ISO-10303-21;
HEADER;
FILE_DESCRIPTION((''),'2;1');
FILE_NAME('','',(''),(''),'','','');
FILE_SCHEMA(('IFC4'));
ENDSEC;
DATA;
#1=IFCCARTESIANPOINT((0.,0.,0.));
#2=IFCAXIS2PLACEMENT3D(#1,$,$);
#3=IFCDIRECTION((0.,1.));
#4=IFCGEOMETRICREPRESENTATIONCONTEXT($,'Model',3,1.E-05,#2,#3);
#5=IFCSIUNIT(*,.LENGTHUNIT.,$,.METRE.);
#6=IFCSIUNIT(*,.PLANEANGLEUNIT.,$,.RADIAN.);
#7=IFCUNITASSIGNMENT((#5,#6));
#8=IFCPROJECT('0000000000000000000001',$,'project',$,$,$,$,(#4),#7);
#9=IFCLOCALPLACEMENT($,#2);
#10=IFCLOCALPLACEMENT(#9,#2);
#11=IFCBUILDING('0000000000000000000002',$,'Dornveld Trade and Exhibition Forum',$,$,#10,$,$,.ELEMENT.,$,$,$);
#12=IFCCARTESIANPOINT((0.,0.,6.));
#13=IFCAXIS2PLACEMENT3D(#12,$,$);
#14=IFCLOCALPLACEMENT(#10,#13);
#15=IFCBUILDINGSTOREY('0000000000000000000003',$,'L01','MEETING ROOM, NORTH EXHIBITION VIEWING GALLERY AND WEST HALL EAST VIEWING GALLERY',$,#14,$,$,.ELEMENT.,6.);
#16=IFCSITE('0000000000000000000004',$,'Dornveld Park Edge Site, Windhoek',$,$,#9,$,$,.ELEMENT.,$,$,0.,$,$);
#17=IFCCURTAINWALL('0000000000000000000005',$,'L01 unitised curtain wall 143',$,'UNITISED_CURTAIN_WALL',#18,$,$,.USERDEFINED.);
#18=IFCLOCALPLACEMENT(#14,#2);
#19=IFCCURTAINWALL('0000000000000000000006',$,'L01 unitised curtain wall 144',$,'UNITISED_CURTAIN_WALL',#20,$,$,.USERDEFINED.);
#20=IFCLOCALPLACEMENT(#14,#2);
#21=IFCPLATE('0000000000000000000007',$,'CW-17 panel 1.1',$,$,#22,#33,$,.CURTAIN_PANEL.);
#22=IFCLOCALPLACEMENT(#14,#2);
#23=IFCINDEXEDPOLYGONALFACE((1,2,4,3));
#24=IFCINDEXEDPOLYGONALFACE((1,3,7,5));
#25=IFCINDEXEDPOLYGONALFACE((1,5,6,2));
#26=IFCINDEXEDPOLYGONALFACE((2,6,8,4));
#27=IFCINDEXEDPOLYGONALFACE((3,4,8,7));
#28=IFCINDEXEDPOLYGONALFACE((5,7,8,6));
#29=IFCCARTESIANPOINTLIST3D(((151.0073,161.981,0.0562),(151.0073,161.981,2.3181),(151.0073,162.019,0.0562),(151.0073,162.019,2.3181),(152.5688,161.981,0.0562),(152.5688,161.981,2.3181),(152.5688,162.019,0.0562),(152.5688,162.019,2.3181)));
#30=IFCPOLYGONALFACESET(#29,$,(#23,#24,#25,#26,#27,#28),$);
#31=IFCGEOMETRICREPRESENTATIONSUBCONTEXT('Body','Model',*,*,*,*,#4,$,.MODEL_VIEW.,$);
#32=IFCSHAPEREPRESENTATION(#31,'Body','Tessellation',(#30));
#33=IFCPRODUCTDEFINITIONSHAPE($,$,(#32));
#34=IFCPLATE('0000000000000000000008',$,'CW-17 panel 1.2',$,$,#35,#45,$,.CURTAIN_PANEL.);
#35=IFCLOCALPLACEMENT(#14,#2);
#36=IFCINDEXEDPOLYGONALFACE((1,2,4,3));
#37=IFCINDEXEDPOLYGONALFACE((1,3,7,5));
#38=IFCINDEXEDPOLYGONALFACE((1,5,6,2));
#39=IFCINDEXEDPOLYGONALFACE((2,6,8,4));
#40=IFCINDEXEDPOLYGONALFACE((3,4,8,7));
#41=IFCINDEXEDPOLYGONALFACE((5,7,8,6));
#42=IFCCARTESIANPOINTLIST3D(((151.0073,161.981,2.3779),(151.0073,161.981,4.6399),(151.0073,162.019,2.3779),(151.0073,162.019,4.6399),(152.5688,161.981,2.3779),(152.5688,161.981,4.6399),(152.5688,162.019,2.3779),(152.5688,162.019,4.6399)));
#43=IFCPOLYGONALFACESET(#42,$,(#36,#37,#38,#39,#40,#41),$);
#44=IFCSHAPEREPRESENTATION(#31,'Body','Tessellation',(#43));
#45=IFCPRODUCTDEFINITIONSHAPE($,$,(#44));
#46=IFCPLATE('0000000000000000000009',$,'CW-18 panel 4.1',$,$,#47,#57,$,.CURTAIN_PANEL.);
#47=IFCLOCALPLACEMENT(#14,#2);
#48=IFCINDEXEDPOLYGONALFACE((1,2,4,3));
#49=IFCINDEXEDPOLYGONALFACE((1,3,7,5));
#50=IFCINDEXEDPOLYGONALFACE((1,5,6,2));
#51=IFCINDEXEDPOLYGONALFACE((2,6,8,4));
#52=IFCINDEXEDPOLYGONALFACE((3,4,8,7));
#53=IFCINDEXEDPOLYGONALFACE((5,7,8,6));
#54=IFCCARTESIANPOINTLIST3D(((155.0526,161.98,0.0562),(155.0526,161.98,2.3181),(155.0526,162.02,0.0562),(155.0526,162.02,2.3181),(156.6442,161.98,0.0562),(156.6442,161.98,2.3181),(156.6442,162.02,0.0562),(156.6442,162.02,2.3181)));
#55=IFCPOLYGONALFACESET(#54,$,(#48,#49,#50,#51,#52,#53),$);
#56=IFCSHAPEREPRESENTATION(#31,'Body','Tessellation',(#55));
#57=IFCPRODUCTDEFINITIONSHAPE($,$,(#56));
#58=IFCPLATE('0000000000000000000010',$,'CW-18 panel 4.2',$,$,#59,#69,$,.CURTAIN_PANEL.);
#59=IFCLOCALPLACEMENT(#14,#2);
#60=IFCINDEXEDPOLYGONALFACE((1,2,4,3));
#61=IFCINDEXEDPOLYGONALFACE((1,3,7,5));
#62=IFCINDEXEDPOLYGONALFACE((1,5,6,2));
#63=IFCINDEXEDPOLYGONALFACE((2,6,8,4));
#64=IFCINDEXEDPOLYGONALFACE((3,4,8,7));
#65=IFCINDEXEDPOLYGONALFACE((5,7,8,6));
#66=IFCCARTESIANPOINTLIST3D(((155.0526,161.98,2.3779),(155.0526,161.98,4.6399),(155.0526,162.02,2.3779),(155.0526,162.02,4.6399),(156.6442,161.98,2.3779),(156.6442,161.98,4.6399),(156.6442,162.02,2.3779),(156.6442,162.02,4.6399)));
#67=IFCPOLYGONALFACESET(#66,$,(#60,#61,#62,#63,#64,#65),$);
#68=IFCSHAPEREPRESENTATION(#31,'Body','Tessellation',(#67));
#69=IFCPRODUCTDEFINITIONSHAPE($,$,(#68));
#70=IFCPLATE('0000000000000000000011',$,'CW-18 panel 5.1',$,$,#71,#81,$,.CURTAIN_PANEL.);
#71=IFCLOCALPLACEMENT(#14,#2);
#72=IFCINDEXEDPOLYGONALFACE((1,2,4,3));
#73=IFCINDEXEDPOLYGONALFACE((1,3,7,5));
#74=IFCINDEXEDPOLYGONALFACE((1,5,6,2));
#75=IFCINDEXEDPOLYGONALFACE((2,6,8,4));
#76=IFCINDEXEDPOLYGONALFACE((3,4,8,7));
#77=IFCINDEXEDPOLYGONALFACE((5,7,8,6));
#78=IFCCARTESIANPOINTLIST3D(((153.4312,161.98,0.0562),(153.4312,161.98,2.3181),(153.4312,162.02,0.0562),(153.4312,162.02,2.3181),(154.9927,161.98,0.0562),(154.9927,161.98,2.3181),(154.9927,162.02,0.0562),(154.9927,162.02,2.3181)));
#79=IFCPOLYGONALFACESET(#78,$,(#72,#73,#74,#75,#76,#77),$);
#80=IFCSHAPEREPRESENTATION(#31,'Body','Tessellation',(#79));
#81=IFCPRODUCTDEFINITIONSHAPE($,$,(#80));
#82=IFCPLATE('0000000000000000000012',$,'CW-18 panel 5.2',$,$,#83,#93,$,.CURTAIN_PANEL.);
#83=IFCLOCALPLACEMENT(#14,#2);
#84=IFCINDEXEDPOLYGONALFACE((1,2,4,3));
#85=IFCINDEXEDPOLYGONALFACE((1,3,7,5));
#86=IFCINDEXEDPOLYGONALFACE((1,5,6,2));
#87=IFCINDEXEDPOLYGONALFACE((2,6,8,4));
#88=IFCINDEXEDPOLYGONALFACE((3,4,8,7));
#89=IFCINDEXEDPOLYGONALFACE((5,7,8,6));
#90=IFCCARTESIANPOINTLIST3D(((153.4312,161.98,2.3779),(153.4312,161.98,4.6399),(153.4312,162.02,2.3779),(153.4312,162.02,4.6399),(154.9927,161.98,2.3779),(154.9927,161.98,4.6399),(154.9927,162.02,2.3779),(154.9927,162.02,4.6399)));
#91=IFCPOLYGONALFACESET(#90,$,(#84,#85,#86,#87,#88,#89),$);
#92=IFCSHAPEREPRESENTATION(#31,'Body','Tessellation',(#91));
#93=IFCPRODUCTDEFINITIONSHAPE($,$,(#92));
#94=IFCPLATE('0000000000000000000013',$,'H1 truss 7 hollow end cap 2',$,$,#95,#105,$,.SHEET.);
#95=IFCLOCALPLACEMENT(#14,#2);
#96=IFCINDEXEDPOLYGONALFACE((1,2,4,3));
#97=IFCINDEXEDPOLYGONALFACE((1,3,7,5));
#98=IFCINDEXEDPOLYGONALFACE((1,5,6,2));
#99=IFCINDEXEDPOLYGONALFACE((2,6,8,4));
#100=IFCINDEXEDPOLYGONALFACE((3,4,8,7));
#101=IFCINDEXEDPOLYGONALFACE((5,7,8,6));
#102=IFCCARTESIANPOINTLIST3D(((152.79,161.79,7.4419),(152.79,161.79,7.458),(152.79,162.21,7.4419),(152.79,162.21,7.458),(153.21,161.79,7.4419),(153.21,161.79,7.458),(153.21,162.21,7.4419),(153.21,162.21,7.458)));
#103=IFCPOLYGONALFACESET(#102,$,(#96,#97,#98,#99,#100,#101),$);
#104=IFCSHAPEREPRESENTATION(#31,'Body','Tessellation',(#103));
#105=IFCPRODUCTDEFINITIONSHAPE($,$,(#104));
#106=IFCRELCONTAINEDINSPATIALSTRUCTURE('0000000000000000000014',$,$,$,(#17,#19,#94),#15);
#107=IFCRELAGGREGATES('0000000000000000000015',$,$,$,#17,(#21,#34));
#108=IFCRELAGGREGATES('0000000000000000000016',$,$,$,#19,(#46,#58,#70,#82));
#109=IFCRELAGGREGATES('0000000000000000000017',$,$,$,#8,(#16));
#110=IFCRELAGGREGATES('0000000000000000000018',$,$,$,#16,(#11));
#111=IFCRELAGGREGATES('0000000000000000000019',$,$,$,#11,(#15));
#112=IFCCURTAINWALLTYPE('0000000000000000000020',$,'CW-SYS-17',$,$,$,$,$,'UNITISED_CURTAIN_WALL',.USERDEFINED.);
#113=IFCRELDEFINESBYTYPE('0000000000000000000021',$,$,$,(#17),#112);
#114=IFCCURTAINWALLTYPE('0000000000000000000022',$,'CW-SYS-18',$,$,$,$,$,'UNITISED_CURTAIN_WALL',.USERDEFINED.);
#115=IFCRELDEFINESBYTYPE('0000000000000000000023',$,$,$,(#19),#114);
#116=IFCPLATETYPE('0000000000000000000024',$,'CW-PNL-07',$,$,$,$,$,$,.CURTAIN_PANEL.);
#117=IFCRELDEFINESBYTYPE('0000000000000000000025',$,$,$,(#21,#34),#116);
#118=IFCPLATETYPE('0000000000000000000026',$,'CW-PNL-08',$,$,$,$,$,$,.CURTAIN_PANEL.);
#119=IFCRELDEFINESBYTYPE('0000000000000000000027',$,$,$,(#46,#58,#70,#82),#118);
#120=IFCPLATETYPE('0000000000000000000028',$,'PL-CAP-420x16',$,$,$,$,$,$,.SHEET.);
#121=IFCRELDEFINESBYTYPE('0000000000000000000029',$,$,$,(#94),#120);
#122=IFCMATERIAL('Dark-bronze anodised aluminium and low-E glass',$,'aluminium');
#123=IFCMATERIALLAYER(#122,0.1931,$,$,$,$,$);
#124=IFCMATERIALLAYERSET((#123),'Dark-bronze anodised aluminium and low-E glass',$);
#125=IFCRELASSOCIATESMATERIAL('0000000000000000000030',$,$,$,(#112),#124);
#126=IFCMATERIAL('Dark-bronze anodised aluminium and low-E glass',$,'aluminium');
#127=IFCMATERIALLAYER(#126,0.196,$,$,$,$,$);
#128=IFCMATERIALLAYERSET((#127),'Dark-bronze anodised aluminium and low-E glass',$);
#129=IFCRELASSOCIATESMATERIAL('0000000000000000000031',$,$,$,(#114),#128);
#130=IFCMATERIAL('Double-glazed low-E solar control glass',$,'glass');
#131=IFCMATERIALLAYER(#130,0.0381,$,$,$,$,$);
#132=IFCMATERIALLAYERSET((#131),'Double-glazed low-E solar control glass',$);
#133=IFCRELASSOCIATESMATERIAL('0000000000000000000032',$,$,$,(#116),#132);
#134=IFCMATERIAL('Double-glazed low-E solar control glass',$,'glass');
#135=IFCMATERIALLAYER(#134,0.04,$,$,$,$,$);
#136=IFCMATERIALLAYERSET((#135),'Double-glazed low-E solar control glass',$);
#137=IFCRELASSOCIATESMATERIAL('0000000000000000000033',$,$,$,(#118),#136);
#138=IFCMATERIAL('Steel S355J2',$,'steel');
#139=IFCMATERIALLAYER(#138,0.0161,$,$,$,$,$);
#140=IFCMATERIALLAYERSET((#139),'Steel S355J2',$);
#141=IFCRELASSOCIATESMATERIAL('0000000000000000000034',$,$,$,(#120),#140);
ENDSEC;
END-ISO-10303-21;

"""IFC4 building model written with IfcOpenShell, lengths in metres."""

from ifc_helpers import new_model, si_unit, direction, frame, origin, origin_2d, place, context, subcontext, project, spatial, rectangle, extrude, material, layer, layer_set, type_object, element, aggregate, save


model = new_model("IFC4")

# Units and contexts
model_context = context("Model", 3, precision=1e-05, world=origin(), true_north=direction((0.0, 1.0)))
body_context = subcontext(model_context, "Body", "Model", "MODEL_VIEW")
ifc_project = project(units=[si_unit("LENGTHUNIT", "METRE"), si_unit("PLANEANGLEUNIT", "RADIAN")], contexts=[model_context])

# Site, building, storey
site_placement = place(None, origin())
site = spatial("IfcSite", under=ifc_project, at=site_placement, Name="Dornveld Park Edge Site, Windhoek", CompositionType="ELEMENT", RefElevation=0.0)
building_placement = place(site_placement, origin())
building = spatial("IfcBuilding", under=site, at=building_placement, Name="Dornveld Trade and Exhibition Forum", CompositionType="ELEMENT")
storey_placement = place(building_placement, frame((0.0, 0.0, 6.0)))
storey = spatial("IfcBuildingStorey", under=building, at=storey_placement, Name="L01", Description="MEETING ROOM, NORTH EXHIBITION VIEWING GALLERY AND WEST HALL EAST VIEWING GALLERY", CompositionType="ELEMENT", Elevation=6.0)

# Curtain walls
ifc_material_1 = material(Name="Dark-bronze anodised aluminium and low-E glass", Category="aluminium")
ifc_layer_1 = layer(ifc_material_1, 0.1931)
ifc_layer_set_1 = layer_set([ifc_layer_1], Name="Dark-bronze anodised aluminium and low-E glass")
curtain_wall_type_1 = type_object("IfcCurtainWallType", Name="CW-SYS-17", ElementType="UNITISED_CURTAIN_WALL", PredefinedType="USERDEFINED", material=ifc_layer_set_1)
curtain_wall_1_placement = place(storey_placement, origin())
curtain_wall_1 = element("IfcCurtainWall", 1, at=curtain_wall_1_placement, inside=storey, type_object=curtain_wall_type_1, Name="L01 unitised curtain wall 143", ObjectType="UNITISED_CURTAIN_WALL", PredefinedType="USERDEFINED")
ifc_material_2 = material(Name="Dark-bronze anodised aluminium and low-E glass", Category="aluminium")
ifc_layer_2 = layer(ifc_material_2, 0.196)
ifc_layer_set_2 = layer_set([ifc_layer_2], Name="Dark-bronze anodised aluminium and low-E glass")
curtain_wall_type_2 = type_object("IfcCurtainWallType", Name="CW-SYS-18", ElementType="UNITISED_CURTAIN_WALL", PredefinedType="USERDEFINED", material=ifc_layer_set_2)
curtain_wall_2_placement = place(storey_placement, origin())
curtain_wall_2 = element("IfcCurtainWall", 2, at=curtain_wall_2_placement, inside=storey, type_object=curtain_wall_type_2, Name="L01 unitised curtain wall 144", ObjectType="UNITISED_CURTAIN_WALL", PredefinedType="USERDEFINED")

# Plates
ifc_material_3 = material(Name="Double-glazed low-E solar control glass", Category="glass")
ifc_layer_3 = layer(ifc_material_3, 0.0381)
ifc_layer_set_3 = layer_set([ifc_layer_3], Name="Double-glazed low-E solar control glass")
plate_type_1 = type_object("IfcPlateType", Name="CW-PNL-07", PredefinedType="CURTAIN_PANEL", material=ifc_layer_set_3)
plate_1_placement = place(storey_placement, frame((151.7881, 162.0, 0.0562), z_axis=(0.0, 0.0, 1.0), x_axis=(-1.0, 0.0, 0.0)))
plate_1 = element("IfcPlate", 3, at=plate_1_placement, type_object=plate_type_1, Name="CW-17 panel 1.1", PredefinedType="CURTAIN_PANEL", context=body_context, shape_type="SweptSolid", body=[
    extrude(rectangle(XDim=1.5615, YDim=0.0381, at=origin_2d()), origin(), (0.0, 0.0, 1.0), 2.262),
])
plate_2_placement = place(storey_placement, frame((151.7881, 162.0, 2.3779), z_axis=(0.0, 0.0, 1.0), x_axis=(-1.0, 0.0, 0.0)))
plate_2 = element("IfcPlate", 4, at=plate_2_placement, type_object=plate_type_1, Name="CW-17 panel 1.2", PredefinedType="CURTAIN_PANEL", context=body_context, shape_type="SweptSolid", body=[
    extrude(rectangle(XDim=1.5615, YDim=0.0381, at=origin_2d()), origin(), (0.0, 0.0, 1.0), 2.262),
])
aggregate(curtain_wall_1, [plate_1, plate_2])
ifc_material_4 = material(Name="Double-glazed low-E solar control glass", Category="glass")
ifc_layer_4 = layer(ifc_material_4, 0.04)
ifc_layer_set_4 = layer_set([ifc_layer_4], Name="Double-glazed low-E solar control glass")
plate_type_2 = type_object("IfcPlateType", Name="CW-PNL-08", PredefinedType="CURTAIN_PANEL", material=ifc_layer_set_4)
plate_3_placement = place(storey_placement, frame((155.8484, 162.0, 0.0562), z_axis=(0.0, 0.0, 1.0), x_axis=(-1.0, 0.0, 0.0)))
plate_3 = element("IfcPlate", 5, at=plate_3_placement, type_object=plate_type_2, Name="CW-18 panel 4.1", PredefinedType="CURTAIN_PANEL", context=body_context, shape_type="SweptSolid", body=[
    extrude(rectangle(XDim=1.5916, YDim=0.04, at=origin_2d()), origin(), (0.0, 0.0, 1.0), 2.262),
])
plate_4_placement = place(storey_placement, frame((155.8484, 162.0, 2.3779), z_axis=(0.0, 0.0, 1.0), x_axis=(-1.0, 0.0, 0.0)))
plate_4 = element("IfcPlate", 6, at=plate_4_placement, type_object=plate_type_2, Name="CW-18 panel 4.2", PredefinedType="CURTAIN_PANEL", context=body_context, shape_type="SweptSolid", body=[
    extrude(rectangle(XDim=1.5916, YDim=0.04, at=origin_2d()), origin(), (0.0, 0.0, 1.0), 2.262),
])
plate_5_placement = place(storey_placement, frame((154.2119, 162.0, 0.0562), z_axis=(0.0, 0.0, 1.0), x_axis=(-1.0, 0.0, 0.0)))
plate_5 = element("IfcPlate", 7, at=plate_5_placement, type_object=plate_type_2, Name="CW-18 panel 5.1", PredefinedType="CURTAIN_PANEL", context=body_context, shape_type="SweptSolid", body=[
    extrude(rectangle(XDim=1.5615, YDim=0.04, at=origin_2d()), origin(), (0.0, 0.0, 1.0), 2.262),
])
plate_6_placement = place(storey_placement, frame((154.2119, 162.0, 2.3779), z_axis=(0.0, 0.0, 1.0), x_axis=(-1.0, 0.0, 0.0)))
plate_6 = element("IfcPlate", 8, at=plate_6_placement, type_object=plate_type_2, Name="CW-18 panel 5.2", PredefinedType="CURTAIN_PANEL", context=body_context, shape_type="SweptSolid", body=[
    extrude(rectangle(XDim=1.5615, YDim=0.04, at=origin_2d()), origin(), (0.0, 0.0, 1.0), 2.262),
])
aggregate(curtain_wall_2, [plate_3, plate_4, plate_5, plate_6])
ifc_material_5 = material(Name="Steel S355J2", Category="steel")
ifc_layer_5 = layer(ifc_material_5, 0.0161)
ifc_layer_set_5 = layer_set([ifc_layer_5], Name="Steel S355J2")
plate_type_3 = type_object("IfcPlateType", Name="PL-CAP-420x16", PredefinedType="SHEET", material=ifc_layer_set_5)
plate_7_placement = place(storey_placement, frame((153.0, 162.0, 7.4419), z_axis=(0.0, 0.0, 1.0), x_axis=(1.0, 0.0, 0.0)))
element("IfcPlate", 9, at=plate_7_placement, inside=storey, type_object=plate_type_3, Name="H1 truss 7 hollow end cap 2", PredefinedType="SHEET", context=body_context, shape_type="SweptSolid", body=[
    extrude(rectangle(XDim=0.4199, YDim=0.4199, at=origin_2d()), origin(), (0.0, 0.0, 1.0), 0.0161),
])

save(model, "model.ifc")
